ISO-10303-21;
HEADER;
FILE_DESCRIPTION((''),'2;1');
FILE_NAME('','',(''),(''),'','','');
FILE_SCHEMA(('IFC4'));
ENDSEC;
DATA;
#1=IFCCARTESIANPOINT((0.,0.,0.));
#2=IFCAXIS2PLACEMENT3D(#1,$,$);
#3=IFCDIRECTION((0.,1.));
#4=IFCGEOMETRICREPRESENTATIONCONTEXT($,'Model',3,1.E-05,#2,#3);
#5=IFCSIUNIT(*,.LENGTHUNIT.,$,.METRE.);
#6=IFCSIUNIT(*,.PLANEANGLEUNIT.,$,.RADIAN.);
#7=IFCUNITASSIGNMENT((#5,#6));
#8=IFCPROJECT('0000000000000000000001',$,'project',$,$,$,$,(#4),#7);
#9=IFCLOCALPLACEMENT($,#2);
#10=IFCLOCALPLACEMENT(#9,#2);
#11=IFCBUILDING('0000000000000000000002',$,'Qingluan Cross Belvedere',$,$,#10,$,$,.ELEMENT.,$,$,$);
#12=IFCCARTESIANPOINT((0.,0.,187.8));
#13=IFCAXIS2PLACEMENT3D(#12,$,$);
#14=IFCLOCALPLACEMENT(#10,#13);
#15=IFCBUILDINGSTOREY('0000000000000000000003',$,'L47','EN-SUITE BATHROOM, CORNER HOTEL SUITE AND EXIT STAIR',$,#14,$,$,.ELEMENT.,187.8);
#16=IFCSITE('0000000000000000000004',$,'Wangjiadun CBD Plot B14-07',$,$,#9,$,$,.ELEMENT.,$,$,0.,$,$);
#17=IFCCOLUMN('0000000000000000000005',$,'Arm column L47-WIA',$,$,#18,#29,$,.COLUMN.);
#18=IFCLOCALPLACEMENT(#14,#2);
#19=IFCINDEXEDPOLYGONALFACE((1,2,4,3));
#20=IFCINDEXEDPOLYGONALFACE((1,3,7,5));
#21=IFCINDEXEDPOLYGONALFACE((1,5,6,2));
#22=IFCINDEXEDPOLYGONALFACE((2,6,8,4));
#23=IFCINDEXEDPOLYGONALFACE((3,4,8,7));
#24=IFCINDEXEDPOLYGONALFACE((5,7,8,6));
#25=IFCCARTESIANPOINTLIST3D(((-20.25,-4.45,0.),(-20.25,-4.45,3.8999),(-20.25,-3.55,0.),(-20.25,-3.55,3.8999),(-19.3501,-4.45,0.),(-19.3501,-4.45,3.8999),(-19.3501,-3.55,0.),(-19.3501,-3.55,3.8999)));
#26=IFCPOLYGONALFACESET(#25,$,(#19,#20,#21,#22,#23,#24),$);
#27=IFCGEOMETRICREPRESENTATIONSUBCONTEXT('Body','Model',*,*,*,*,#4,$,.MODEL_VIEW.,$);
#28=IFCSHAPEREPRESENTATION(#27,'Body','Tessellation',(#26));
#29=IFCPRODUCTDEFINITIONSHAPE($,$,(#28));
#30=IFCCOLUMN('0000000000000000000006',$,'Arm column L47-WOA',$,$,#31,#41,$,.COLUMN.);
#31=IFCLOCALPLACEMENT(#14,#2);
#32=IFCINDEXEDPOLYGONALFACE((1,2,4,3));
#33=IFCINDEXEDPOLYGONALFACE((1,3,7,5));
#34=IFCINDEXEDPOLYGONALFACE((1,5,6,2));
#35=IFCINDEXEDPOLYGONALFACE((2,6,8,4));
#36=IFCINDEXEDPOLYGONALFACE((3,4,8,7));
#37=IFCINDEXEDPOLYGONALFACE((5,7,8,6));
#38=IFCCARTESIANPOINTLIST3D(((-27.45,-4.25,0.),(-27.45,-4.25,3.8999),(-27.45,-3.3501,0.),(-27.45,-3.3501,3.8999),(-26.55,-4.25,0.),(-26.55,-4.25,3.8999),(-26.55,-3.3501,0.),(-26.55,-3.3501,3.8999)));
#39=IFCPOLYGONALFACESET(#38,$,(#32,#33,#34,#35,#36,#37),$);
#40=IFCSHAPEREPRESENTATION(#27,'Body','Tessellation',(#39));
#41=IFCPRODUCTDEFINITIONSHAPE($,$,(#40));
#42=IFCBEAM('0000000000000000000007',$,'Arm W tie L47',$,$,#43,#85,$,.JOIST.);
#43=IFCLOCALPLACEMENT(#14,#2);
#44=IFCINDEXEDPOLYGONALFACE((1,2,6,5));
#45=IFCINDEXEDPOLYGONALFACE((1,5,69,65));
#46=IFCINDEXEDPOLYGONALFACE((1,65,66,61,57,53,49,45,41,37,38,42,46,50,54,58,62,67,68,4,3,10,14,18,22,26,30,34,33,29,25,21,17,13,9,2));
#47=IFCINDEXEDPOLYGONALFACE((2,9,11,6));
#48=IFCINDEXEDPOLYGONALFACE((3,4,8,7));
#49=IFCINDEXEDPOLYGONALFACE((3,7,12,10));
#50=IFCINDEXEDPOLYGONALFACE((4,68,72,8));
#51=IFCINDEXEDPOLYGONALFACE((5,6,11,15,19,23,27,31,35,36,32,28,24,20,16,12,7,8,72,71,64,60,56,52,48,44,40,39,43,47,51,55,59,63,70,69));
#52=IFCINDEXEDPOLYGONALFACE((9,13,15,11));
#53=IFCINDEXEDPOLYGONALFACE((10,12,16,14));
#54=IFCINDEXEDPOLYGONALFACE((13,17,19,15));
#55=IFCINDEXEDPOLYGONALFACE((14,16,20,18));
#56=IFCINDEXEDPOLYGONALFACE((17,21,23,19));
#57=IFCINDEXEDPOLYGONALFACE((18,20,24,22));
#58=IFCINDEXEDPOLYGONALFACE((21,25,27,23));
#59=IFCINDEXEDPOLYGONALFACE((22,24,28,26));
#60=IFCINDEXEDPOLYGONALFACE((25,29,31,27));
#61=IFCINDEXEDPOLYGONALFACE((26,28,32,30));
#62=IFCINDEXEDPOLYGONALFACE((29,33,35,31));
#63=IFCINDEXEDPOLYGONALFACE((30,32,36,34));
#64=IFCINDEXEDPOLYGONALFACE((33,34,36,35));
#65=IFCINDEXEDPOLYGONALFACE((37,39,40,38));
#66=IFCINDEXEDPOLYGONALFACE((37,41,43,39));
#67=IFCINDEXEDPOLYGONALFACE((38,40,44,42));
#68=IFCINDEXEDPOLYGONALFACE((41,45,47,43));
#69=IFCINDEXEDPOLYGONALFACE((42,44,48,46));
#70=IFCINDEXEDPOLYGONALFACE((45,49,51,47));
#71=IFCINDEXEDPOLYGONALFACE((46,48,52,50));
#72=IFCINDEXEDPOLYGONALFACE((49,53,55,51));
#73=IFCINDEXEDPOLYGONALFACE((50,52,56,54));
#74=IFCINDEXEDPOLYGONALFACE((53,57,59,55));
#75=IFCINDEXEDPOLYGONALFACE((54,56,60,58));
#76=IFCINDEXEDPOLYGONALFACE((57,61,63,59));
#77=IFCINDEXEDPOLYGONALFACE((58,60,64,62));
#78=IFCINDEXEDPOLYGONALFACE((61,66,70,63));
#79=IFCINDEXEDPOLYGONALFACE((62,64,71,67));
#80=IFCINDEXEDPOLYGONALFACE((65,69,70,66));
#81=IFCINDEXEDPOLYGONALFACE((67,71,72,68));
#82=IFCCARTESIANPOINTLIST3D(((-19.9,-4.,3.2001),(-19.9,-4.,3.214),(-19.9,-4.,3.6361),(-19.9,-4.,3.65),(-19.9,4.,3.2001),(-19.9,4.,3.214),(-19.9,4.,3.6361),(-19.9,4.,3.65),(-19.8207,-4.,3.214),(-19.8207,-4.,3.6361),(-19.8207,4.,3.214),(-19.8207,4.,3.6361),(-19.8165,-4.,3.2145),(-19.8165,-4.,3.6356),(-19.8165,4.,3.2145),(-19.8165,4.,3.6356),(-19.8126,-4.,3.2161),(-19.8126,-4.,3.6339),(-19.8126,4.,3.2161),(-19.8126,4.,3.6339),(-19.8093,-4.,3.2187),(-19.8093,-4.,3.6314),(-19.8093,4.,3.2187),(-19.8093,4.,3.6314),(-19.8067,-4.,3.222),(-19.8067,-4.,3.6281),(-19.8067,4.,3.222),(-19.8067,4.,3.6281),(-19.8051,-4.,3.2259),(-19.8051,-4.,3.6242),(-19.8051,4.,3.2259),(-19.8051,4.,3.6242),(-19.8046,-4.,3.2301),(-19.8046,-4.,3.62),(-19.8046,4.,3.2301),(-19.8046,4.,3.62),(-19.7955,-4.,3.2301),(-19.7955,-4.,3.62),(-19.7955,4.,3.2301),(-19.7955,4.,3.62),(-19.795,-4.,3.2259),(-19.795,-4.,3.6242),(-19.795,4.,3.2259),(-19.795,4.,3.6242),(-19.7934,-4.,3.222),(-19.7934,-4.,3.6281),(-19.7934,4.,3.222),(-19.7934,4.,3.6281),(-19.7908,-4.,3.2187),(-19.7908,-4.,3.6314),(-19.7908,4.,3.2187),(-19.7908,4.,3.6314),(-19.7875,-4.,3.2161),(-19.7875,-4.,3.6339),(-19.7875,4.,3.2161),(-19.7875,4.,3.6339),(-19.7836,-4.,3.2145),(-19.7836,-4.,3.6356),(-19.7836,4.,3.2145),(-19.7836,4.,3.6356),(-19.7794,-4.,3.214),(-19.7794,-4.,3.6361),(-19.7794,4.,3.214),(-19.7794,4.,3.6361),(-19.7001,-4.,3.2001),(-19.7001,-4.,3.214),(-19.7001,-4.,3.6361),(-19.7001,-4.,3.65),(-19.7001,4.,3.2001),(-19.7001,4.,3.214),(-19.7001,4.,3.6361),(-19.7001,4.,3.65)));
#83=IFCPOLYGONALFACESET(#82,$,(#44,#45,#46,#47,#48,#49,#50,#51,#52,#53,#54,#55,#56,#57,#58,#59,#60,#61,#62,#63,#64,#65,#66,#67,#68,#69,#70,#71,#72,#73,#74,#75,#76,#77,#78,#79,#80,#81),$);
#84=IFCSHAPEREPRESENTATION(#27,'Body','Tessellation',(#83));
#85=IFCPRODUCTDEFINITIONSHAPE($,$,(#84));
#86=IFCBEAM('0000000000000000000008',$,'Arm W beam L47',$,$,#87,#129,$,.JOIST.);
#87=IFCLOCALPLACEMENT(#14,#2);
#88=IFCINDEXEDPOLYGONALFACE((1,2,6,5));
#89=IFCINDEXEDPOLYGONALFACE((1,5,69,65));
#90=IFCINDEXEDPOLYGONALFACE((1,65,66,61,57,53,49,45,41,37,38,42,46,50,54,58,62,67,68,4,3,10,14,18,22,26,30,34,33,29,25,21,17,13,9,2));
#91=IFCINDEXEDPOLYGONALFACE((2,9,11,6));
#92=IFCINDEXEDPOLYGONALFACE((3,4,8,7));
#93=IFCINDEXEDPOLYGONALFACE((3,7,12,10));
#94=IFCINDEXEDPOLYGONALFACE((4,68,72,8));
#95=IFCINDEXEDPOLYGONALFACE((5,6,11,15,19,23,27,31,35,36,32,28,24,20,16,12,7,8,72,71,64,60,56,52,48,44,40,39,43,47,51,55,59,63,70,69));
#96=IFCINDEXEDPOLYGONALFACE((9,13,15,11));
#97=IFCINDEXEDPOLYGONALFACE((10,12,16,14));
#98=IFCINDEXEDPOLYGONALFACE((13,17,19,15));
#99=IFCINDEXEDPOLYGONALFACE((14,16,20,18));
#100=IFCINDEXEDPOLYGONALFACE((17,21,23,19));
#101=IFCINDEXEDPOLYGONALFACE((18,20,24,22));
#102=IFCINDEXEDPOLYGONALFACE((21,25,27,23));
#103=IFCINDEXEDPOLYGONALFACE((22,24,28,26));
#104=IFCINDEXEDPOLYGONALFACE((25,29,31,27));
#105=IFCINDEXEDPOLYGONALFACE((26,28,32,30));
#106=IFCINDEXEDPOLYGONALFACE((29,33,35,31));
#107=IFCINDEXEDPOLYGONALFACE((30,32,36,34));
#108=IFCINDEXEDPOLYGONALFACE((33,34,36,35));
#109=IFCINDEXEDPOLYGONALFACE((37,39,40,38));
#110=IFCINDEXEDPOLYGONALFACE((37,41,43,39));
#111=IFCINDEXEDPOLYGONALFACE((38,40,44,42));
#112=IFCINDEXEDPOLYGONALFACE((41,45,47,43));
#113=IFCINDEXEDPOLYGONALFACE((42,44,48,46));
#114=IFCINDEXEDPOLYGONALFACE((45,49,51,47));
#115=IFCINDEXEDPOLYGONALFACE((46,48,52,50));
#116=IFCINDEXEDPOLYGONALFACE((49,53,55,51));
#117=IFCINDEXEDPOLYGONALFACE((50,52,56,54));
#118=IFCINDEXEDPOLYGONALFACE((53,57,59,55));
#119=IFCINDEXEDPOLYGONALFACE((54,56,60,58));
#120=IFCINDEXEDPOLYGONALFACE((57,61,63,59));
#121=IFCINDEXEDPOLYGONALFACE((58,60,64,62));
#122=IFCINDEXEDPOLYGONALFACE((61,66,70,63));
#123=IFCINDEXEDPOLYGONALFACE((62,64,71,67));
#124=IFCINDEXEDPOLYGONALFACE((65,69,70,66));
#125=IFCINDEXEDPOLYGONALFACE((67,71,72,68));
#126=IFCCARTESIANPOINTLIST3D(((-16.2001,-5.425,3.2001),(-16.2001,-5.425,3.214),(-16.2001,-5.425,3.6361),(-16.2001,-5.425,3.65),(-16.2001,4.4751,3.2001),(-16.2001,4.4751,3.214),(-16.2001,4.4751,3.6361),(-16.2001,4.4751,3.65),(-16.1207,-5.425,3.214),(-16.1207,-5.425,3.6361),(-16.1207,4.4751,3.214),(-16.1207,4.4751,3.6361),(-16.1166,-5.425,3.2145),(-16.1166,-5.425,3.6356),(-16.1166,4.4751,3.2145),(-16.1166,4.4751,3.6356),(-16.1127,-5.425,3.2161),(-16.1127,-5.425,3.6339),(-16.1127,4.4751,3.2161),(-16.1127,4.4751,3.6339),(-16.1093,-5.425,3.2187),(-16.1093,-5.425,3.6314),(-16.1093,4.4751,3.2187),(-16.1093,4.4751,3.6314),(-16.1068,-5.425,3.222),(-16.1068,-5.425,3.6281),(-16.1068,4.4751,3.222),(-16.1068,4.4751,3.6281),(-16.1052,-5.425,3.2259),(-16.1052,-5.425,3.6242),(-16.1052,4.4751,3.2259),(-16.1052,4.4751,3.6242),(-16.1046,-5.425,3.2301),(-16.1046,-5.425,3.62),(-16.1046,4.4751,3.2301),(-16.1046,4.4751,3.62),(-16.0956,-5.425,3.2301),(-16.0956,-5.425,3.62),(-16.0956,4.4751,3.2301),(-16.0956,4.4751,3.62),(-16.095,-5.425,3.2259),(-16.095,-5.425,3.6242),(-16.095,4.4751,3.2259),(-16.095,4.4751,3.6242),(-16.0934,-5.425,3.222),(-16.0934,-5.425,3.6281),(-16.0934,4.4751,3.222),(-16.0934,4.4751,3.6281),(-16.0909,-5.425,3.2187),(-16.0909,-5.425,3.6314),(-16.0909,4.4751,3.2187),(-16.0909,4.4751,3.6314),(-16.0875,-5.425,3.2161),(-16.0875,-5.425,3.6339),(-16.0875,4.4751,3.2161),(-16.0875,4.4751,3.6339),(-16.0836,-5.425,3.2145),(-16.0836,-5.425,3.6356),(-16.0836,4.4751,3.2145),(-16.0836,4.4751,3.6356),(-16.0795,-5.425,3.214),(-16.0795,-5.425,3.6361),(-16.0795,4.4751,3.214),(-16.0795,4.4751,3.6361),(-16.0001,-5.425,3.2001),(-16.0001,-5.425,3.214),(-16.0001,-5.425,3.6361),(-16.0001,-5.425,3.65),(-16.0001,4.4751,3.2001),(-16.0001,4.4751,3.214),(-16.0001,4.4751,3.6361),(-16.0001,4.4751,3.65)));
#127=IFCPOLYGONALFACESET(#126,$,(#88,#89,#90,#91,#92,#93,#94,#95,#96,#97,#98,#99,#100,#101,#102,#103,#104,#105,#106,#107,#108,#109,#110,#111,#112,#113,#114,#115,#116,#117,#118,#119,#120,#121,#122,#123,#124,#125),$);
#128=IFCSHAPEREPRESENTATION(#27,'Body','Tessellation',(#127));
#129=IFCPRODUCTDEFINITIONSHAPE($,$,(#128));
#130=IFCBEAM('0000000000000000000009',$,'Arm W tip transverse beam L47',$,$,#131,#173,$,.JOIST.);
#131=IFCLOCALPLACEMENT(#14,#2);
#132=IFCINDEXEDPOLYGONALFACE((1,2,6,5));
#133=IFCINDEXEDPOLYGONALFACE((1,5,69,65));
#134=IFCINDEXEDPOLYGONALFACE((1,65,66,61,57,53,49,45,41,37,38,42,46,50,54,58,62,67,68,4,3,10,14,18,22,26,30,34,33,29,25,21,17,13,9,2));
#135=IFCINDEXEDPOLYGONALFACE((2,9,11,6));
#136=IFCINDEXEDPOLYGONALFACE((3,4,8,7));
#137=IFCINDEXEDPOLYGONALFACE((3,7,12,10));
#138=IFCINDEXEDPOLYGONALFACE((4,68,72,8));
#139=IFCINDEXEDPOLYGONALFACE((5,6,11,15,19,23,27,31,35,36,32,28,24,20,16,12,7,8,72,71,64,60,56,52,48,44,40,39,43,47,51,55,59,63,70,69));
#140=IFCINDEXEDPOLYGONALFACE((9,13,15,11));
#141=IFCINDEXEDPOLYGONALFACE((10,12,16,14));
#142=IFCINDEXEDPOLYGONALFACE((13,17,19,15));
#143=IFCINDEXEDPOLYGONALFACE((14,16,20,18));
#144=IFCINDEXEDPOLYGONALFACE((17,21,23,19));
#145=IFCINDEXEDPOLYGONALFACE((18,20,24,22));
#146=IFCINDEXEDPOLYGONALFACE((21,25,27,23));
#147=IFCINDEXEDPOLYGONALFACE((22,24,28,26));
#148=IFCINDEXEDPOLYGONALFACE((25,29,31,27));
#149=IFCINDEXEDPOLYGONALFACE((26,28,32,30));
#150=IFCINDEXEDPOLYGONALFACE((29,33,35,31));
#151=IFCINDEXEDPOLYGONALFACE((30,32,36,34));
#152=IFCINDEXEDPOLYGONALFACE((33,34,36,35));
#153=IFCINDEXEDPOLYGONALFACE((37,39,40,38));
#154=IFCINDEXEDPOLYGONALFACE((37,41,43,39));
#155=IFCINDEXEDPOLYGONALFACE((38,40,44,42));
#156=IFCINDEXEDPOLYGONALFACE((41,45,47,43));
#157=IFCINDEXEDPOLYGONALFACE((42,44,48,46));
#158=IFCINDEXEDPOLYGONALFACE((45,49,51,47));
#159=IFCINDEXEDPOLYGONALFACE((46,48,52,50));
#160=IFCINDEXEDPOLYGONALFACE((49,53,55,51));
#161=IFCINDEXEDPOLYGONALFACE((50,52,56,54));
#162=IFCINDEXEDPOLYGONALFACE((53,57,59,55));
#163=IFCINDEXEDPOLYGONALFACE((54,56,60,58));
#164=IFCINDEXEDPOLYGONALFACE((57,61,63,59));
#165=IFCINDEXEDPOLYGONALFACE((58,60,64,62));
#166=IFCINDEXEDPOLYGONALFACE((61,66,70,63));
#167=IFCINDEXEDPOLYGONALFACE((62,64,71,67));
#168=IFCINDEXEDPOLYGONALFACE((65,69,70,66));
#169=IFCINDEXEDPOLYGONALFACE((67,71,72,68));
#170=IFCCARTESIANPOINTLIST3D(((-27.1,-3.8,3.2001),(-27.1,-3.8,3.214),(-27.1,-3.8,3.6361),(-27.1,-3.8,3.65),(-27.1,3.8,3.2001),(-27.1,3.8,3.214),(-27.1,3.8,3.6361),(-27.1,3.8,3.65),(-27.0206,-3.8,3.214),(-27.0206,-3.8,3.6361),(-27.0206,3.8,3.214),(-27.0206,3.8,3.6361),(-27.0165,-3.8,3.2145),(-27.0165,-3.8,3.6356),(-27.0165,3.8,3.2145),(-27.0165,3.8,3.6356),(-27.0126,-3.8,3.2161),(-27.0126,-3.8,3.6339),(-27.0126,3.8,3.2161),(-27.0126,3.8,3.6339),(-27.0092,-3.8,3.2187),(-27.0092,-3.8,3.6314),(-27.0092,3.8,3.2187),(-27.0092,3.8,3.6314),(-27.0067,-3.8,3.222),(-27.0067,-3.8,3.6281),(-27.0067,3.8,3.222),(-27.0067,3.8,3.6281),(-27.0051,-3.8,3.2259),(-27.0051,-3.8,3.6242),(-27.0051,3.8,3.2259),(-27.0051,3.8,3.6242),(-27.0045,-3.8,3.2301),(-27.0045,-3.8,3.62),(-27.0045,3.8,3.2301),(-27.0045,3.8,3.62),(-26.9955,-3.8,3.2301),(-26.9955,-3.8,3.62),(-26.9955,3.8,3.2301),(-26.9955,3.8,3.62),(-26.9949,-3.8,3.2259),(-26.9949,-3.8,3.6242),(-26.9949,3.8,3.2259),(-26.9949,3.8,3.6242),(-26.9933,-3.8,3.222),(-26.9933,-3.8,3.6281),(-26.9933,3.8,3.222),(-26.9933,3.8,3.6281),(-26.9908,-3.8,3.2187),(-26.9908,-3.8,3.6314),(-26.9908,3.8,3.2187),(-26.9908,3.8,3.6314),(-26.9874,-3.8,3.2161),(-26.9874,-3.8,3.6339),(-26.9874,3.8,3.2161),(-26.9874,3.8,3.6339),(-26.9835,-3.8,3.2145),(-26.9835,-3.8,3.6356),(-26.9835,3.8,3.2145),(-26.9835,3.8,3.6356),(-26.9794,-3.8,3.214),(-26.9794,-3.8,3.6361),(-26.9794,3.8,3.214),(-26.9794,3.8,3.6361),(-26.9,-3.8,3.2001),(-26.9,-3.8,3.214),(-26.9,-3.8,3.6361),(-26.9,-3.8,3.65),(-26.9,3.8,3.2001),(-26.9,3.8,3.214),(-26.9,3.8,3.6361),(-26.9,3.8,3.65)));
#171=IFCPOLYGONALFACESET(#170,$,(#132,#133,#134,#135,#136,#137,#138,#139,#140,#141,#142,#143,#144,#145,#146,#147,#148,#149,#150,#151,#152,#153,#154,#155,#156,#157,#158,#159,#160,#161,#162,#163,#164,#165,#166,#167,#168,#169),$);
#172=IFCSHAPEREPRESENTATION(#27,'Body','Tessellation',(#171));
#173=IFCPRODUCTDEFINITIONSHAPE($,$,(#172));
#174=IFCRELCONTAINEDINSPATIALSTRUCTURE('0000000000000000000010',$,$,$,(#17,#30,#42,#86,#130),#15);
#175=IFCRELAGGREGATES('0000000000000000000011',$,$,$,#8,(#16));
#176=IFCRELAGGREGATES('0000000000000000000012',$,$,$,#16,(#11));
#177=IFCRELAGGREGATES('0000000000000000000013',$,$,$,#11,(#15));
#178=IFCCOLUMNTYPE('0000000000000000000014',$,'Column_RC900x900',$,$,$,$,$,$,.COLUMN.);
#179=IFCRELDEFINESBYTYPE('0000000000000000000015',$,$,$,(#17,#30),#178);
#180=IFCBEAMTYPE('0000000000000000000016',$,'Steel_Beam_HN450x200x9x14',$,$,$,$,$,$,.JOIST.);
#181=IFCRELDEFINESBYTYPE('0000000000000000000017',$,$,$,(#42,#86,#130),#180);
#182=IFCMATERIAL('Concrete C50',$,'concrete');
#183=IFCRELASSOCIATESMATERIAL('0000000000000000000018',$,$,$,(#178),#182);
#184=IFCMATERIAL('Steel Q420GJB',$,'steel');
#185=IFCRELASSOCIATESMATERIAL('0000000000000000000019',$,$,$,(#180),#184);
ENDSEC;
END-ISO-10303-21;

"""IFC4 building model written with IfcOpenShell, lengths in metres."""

from ifc_helpers import new_model, si_unit, direction, frame, origin, origin_2d, place, context, subcontext, project, spatial, rectangle, i_section, extrude, material, material_profile, profile_set, type_object, element, save


model = new_model("IFC4")

# Units and contexts
model_context = context("Model", 3, precision=1e-05, world=origin(), true_north=direction((0.0, 1.0)))
body_context = subcontext(model_context, "Body", "Model", "MODEL_VIEW")
ifc_project = project(units=[si_unit("LENGTHUNIT", "METRE"), si_unit("PLANEANGLEUNIT", "RADIAN")], contexts=[model_context])

# Site, building, storey
site_placement = place(None, origin())
site = spatial("IfcSite", under=ifc_project, at=site_placement, Name="Wangjiadun CBD Plot B14-07", CompositionType="ELEMENT", RefElevation=0.0)
building_placement = place(site_placement, origin())
building = spatial("IfcBuilding", under=site, at=building_placement, Name="Qingluan Cross Belvedere", CompositionType="ELEMENT")
storey_placement = place(building_placement, frame((0.0, 0.0, 187.8)))
storey = spatial("IfcBuildingStorey", under=building, at=storey_placement, Name="L47", Description="EN-SUITE BATHROOM, CORNER HOTEL SUITE AND EXIT STAIR", CompositionType="ELEMENT", Elevation=187.8)

# Columns
ifc_material_1 = material(Name="Concrete C50", Category="concrete")
ifc_material_profile_1 = material_profile(ifc_material_1, rectangle(XDim=0.8999, YDim=0.8999, at=origin_2d()), Name="RC900x900")
ifc_profile_set_1 = profile_set([ifc_material_profile_1], Name="Concrete C50")
column_type = type_object("IfcColumnType", Name="Column_RC900x900", PredefinedType="COLUMN", material=ifc_profile_set_1)
for number, where, z_axis, x_axis, name in (
    (1, (-19.8, -4.0, 0.0), (0.0, 0.0, 1.0), (1.0, 0.0, 0.0), "Arm column L47-WIA"),
    (2, (-27.0, -3.8, 0.0), (0.0, 0.0, 1.0), (1.0, 0.0, 0.0), "Arm column L47-WOA"),
):
    element("IfcColumn", number, at=place(storey_placement, frame(where, z_axis=z_axis, x_axis=x_axis)), inside=storey, type_object=column_type, Name=name, PredefinedType="COLUMN", context=body_context, shape_type="SweptSolid", body=[
        extrude(rectangle(XDim=0.8999, YDim=0.8999, at=origin_2d()), origin(), (0.0, 0.0, 1.0), 3.8999),
    ])

# Beams
ifc_material_2 = material(Name="Steel Q420GJB", Category="steel")
ifc_material_profile_2 = material_profile(ifc_material_2, i_section(OverallWidth=0.2, OverallDepth=0.45, WebThickness=0.009, FlangeThickness=0.0139, FilletRadius=0.0161, at=origin_2d()), Name="HN450x200x9x14")
ifc_profile_set_2 = profile_set([ifc_material_profile_2], Name="Steel Q420GJB")
beam_type_1 = type_object("IfcBeamType", Name="Steel_Beam_HN450x200x9x14", PredefinedType="JOIST", material=ifc_profile_set_2)
beam_1_placement = place(storey_placement, frame((-19.8, -4.0, 3.425), z_axis=(0.0, 1.0, 0.0), x_axis=(-1.0, 0.0, 0.0)))
element("IfcBeam", 3, at=beam_1_placement, inside=storey, type_object=beam_type_1, Name="Arm W tie L47", PredefinedType="JOIST", context=body_context, shape_type="SweptSolid", body=[
    extrude(i_section(OverallWidth=0.2, OverallDepth=0.45, WebThickness=0.009, FlangeThickness=0.0139, FilletRadius=0.0161, at=origin_2d()), origin(), (0.0, 0.0, 1.0), 8.0),
])
beam_2_placement = place(storey_placement, frame((-16.1001, -5.425, 3.425), z_axis=(0.0, 1.0, 0.0), x_axis=(-1.0, 0.0, 0.0)))
element("IfcBeam", 4, at=beam_2_placement, inside=storey, type_object=beam_type_1, Name="Arm W beam L47", PredefinedType="JOIST", context=body_context, shape_type="SweptSolid", body=[
    extrude(i_section(OverallWidth=0.2, OverallDepth=0.45, WebThickness=0.009, FlangeThickness=0.0139, FilletRadius=0.0161, at=origin_2d()), origin(), (0.0, 0.0, 1.0), 9.9001),
])
beam_3_placement = place(storey_placement, frame((-27.0, -3.8, 3.425), z_axis=(0.0, 1.0, 0.0), x_axis=(-1.0, 0.0, 0.0)))
element("IfcBeam", 5, at=beam_3_placement, inside=storey, type_object=beam_type_1, Name="Arm W tip transverse beam L47", PredefinedType="JOIST", context=body_context, shape_type="SweptSolid", body=[
    extrude(i_section(OverallWidth=0.2, OverallDepth=0.45, WebThickness=0.009, FlangeThickness=0.0139, FilletRadius=0.0161, at=origin_2d()), origin(), (0.0, 0.0, 1.0), 7.6001),
])

save(model, "model.ifc")
